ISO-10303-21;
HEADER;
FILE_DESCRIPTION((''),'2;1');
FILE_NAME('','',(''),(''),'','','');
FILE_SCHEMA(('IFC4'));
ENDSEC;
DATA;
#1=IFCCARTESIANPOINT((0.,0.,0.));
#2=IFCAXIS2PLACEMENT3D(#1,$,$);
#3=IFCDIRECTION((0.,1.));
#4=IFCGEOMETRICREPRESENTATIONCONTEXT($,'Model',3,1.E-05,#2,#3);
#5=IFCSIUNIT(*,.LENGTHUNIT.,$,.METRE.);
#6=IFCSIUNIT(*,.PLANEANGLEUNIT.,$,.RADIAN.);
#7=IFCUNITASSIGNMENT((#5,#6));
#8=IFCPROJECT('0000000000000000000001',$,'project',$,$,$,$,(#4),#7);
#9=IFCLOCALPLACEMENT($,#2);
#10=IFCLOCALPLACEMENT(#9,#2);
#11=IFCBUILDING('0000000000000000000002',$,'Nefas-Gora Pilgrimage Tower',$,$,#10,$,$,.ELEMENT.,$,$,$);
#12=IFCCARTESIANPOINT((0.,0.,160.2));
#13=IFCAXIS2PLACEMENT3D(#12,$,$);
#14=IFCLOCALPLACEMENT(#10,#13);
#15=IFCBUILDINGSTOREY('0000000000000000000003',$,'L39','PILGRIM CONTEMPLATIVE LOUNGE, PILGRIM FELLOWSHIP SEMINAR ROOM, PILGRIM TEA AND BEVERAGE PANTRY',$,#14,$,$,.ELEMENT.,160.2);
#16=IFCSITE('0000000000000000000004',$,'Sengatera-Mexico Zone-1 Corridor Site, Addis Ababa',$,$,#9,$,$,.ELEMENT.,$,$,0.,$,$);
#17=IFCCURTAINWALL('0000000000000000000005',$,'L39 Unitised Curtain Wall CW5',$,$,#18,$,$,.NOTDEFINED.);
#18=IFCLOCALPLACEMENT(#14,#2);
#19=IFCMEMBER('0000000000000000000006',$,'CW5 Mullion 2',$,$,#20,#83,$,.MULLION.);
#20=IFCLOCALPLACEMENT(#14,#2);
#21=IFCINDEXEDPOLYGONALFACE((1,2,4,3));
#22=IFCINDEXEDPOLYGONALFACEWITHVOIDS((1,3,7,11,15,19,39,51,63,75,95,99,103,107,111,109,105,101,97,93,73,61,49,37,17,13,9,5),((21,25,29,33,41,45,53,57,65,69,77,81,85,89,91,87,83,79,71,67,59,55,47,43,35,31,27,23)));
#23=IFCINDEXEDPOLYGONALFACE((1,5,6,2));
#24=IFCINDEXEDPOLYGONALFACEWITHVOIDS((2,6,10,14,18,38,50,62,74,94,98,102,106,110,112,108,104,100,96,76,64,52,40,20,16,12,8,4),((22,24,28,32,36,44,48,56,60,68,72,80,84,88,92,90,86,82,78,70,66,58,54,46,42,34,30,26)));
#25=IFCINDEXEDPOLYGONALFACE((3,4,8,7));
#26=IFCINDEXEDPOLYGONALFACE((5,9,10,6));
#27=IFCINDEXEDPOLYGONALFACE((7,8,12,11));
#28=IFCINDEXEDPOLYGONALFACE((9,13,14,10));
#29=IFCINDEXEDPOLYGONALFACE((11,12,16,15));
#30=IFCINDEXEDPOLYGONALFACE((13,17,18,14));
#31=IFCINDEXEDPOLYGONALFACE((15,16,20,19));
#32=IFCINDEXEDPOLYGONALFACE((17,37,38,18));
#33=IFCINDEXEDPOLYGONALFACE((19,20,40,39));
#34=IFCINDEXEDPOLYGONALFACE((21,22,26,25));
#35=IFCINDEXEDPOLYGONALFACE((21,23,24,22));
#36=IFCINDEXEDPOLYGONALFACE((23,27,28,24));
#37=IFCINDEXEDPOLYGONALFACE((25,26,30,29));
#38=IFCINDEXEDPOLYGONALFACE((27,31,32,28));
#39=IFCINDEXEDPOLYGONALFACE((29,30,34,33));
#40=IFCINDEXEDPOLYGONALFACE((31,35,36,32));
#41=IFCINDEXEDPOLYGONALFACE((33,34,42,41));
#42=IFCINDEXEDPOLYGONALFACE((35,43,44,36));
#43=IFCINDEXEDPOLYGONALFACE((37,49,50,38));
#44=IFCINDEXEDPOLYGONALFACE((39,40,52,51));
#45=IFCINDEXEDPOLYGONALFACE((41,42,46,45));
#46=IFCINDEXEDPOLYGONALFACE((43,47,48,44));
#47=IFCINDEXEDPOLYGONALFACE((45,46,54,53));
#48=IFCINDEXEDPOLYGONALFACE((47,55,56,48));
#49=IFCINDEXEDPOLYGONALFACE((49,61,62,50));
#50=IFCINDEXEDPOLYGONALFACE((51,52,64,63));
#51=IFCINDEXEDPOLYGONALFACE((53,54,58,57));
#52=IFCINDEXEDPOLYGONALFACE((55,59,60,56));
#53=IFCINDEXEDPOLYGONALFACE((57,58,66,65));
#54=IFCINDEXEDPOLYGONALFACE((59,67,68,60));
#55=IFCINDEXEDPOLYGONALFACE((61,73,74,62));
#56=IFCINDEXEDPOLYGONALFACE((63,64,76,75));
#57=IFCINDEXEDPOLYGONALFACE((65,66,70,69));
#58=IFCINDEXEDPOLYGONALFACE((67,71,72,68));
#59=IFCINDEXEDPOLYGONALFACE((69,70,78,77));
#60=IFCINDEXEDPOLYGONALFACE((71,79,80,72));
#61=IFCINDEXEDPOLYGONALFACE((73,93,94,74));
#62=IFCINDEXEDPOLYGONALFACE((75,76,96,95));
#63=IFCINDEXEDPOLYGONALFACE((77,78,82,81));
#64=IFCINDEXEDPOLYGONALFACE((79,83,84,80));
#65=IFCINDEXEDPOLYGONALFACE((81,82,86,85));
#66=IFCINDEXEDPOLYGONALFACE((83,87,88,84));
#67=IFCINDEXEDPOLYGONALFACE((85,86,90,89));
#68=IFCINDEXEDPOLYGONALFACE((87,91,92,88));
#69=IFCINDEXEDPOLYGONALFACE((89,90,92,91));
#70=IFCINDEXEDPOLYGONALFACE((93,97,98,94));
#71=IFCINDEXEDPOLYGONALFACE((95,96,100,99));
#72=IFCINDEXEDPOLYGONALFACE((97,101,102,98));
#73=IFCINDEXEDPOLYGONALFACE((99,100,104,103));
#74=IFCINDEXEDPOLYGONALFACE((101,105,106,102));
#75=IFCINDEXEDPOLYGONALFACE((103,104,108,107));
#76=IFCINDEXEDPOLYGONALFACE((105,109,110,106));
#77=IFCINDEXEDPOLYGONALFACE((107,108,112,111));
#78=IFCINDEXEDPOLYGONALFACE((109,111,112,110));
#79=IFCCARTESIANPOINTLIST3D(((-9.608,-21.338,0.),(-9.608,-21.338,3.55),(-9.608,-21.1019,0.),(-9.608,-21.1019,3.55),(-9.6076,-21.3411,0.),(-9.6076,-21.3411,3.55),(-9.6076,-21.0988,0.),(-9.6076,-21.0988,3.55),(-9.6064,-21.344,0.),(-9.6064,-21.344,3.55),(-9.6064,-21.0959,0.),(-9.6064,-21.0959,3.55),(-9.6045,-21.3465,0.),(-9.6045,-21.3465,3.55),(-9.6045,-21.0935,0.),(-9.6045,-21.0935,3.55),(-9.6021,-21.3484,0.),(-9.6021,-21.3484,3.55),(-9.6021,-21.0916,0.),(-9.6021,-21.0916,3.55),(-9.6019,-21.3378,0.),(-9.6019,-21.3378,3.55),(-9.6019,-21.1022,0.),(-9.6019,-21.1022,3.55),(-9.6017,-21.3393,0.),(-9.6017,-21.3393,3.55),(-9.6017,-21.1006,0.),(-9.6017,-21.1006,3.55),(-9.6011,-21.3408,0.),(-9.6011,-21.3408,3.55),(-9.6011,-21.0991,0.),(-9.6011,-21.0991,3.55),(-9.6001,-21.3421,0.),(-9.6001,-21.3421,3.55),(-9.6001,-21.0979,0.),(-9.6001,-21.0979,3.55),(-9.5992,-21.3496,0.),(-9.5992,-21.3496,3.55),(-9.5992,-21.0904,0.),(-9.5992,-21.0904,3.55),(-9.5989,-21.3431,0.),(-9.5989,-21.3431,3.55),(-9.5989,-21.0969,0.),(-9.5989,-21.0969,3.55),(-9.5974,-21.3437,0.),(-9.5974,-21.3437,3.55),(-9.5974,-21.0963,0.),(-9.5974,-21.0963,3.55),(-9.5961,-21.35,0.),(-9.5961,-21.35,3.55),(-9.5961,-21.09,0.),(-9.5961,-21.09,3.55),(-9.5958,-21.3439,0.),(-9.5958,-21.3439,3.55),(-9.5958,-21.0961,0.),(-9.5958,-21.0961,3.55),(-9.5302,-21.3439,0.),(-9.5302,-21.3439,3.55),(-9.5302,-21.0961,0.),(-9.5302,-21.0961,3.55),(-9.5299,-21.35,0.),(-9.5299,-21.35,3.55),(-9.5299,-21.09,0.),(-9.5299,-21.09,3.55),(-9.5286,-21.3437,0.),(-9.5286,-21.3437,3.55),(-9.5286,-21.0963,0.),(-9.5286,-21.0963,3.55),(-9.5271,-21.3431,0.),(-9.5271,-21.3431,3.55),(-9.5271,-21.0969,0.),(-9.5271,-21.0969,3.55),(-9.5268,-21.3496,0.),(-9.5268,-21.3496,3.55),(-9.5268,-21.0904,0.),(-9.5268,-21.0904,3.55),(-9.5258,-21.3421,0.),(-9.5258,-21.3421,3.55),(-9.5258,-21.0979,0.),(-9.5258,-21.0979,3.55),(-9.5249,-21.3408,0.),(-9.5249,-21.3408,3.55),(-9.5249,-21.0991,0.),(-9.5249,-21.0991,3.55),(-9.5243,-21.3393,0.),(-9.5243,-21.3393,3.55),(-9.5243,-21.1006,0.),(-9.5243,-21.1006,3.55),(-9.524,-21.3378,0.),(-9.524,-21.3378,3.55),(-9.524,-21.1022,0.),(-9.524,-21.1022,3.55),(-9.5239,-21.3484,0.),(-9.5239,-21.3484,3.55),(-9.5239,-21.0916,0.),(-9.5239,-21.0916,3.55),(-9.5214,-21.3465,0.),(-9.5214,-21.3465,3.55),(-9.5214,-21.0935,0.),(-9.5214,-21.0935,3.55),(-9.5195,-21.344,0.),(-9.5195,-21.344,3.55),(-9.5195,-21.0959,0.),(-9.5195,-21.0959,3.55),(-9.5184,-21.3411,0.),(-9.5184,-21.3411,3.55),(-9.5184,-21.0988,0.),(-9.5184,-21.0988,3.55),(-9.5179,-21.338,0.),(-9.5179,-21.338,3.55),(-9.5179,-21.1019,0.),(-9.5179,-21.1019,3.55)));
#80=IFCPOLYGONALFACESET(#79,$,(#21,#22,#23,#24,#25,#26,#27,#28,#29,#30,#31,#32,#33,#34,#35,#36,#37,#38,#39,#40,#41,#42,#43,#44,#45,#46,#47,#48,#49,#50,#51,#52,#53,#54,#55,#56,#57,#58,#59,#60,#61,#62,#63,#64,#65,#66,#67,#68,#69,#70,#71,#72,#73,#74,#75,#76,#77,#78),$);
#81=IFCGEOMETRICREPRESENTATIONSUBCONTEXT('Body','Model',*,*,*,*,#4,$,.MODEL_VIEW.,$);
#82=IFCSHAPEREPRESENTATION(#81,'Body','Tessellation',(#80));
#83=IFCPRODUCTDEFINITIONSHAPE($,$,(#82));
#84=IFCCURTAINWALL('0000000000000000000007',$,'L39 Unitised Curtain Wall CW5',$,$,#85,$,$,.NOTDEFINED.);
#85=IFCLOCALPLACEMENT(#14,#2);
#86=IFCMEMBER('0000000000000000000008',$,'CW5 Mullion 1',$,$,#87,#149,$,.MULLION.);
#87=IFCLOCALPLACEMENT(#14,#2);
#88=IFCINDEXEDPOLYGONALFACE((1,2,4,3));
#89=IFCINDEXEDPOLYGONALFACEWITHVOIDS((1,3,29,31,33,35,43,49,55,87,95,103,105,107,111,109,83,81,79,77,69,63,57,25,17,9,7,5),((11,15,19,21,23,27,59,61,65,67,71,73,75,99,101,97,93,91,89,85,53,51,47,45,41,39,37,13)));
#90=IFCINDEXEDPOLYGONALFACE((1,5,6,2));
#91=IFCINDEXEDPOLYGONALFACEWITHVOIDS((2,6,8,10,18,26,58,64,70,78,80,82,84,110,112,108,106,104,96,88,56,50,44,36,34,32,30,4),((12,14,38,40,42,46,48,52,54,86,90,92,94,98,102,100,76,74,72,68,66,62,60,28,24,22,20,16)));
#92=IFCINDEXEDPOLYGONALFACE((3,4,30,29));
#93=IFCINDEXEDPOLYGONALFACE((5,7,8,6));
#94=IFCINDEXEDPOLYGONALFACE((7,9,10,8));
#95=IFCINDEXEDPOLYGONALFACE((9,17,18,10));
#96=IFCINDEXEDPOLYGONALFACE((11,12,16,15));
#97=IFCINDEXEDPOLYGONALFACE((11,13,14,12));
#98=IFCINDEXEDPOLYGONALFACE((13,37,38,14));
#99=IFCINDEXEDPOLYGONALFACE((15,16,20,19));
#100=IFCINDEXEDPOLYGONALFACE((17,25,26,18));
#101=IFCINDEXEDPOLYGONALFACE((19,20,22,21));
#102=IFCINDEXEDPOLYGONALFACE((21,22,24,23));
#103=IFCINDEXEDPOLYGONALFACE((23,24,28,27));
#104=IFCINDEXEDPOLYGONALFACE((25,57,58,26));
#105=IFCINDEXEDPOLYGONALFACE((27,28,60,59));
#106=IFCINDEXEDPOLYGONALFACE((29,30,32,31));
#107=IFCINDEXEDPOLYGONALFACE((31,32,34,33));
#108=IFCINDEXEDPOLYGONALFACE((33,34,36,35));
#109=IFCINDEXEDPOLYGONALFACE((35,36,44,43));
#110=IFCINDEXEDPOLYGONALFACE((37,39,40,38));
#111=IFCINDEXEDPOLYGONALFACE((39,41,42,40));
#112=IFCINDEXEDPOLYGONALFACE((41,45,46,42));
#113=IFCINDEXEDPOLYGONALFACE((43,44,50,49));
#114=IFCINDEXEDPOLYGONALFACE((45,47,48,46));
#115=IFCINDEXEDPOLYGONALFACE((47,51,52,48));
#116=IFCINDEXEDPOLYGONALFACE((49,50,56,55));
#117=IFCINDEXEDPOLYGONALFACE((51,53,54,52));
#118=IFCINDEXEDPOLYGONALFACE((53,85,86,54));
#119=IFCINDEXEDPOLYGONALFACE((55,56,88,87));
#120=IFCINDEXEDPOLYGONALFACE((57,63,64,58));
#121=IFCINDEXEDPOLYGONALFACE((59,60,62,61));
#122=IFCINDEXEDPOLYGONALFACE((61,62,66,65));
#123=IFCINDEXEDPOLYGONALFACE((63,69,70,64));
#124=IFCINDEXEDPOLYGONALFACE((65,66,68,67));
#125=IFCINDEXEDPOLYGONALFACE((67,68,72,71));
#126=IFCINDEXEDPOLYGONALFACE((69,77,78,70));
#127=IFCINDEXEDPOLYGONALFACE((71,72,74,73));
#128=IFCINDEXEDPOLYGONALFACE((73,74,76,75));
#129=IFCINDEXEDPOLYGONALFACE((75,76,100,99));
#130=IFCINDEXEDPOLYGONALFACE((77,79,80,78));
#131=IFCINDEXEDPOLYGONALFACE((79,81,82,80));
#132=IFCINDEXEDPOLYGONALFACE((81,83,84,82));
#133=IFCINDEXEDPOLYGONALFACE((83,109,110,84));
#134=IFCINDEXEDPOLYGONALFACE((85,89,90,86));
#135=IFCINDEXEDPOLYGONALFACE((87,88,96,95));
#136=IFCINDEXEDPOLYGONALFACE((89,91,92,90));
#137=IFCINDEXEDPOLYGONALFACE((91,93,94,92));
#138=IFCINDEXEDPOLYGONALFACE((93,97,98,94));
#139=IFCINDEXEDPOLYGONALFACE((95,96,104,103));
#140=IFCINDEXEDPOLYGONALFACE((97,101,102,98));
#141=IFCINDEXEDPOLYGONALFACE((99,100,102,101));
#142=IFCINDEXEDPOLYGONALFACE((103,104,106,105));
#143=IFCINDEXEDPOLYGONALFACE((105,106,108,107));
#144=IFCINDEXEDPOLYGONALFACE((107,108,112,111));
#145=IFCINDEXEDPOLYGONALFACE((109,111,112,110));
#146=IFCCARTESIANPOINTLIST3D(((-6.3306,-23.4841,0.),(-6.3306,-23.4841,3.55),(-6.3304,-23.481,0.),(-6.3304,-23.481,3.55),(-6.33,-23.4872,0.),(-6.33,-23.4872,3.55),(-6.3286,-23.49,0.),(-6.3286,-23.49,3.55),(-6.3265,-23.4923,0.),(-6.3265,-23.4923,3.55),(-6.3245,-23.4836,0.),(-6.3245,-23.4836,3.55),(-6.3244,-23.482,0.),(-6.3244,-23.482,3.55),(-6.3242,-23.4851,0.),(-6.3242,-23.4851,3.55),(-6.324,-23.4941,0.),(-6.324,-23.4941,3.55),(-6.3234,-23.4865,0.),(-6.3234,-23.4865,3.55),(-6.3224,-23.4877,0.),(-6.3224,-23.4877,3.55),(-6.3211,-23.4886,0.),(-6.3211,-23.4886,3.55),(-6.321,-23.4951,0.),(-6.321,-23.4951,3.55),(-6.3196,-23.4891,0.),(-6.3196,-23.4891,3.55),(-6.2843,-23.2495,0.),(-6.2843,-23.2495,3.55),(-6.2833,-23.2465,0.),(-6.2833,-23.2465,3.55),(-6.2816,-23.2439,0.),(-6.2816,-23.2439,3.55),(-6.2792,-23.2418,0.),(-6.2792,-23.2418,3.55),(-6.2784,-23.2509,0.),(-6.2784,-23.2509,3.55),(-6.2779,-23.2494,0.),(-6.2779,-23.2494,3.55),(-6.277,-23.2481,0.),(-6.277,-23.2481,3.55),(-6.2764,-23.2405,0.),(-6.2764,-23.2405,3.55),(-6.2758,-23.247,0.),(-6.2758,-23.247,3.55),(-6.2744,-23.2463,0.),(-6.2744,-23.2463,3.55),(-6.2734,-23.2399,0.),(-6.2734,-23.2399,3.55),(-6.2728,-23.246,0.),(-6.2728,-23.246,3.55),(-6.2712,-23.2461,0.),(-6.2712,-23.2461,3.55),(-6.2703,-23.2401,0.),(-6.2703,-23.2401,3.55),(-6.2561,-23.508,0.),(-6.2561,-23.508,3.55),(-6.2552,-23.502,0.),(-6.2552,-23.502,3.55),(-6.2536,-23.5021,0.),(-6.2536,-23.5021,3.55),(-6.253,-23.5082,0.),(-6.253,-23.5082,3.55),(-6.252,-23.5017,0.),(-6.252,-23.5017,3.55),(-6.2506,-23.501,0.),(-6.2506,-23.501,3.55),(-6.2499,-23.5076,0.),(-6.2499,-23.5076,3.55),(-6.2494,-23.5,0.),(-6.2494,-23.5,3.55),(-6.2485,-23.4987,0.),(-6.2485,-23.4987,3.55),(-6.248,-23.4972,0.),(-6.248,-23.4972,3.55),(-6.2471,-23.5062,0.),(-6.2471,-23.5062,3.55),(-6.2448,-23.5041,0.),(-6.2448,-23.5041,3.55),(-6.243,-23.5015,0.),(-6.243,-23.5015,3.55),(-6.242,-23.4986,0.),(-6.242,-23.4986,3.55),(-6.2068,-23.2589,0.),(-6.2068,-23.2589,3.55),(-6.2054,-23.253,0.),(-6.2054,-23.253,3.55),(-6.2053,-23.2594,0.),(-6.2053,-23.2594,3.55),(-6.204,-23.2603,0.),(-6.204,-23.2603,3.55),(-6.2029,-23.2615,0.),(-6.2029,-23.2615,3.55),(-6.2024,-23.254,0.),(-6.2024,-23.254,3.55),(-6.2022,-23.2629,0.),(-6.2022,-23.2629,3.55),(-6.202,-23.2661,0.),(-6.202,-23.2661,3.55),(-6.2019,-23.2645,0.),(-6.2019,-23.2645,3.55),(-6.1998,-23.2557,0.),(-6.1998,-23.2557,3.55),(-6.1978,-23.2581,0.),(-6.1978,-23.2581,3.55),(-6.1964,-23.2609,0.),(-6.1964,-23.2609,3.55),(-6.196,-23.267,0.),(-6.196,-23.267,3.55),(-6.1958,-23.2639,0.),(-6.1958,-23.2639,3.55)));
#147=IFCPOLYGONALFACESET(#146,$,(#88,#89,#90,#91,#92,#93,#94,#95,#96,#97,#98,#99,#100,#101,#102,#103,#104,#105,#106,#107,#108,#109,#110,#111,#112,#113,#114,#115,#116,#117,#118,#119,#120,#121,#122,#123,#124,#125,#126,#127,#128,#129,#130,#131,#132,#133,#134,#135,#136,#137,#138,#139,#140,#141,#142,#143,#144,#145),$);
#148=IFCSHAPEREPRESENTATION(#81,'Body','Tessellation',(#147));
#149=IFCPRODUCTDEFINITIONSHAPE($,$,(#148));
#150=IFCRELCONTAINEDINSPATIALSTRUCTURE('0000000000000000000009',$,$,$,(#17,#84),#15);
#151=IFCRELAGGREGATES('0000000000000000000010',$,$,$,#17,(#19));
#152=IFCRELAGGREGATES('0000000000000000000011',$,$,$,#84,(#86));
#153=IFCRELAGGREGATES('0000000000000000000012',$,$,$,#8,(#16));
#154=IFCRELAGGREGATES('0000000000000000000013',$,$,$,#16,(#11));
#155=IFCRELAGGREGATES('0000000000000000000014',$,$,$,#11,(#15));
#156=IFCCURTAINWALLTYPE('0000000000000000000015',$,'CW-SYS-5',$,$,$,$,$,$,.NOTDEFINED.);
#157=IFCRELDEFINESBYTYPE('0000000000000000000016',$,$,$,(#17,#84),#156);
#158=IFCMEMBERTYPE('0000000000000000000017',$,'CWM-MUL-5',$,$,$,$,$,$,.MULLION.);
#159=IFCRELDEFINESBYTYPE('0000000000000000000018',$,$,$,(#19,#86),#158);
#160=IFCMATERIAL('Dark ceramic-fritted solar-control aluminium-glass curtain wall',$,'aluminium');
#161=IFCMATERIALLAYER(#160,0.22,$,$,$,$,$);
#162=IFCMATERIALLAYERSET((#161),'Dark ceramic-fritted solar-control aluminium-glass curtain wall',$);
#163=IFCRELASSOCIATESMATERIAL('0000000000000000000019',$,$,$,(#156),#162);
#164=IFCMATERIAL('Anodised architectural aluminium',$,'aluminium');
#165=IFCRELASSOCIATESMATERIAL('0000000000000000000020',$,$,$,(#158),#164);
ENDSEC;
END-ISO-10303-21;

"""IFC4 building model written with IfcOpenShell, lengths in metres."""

from ifc_helpers import new_model, si_unit, direction, frame, origin, origin_2d, place, context, subcontext, project, spatial, hollow_rectangle, extrude, source, transform, mapped, material, layer, layer_set, material_profile, profile_set, type_object, element, aggregate, save


model = new_model("IFC4")

# Units and contexts
model_context = context("Model", 3, precision=1e-05, world=origin(), true_north=direction((0.0, 1.0)))
body_context = subcontext(model_context, "Body", "Model", "MODEL_VIEW")
ifc_project = project(units=[si_unit("LENGTHUNIT", "METRE"), si_unit("PLANEANGLEUNIT", "RADIAN")], contexts=[model_context])

# Site, building, storey
site_placement = place(None, origin())
site = spatial("IfcSite", under=ifc_project, at=site_placement, Name="Sengatera-Mexico Zone-1 Corridor Site, Addis Ababa", CompositionType="ELEMENT", RefElevation=0.0)
building_placement = place(site_placement, origin())
building = spatial("IfcBuilding", under=site, at=building_placement, Name="Nefas-Gora Pilgrimage Tower", CompositionType="ELEMENT")
storey_placement = place(building_placement, frame((0.0, 0.0, 160.2)))
storey = spatial("IfcBuildingStorey", under=building, at=storey_placement, Name="L39", Description="PILGRIM CONTEMPLATIVE LOUNGE, PILGRIM FELLOWSHIP SEMINAR ROOM, PILGRIM TEA AND BEVERAGE PANTRY", CompositionType="ELEMENT", Elevation=160.2)

# Curtain wall, member
ifc_material_1 = material(Name="Dark ceramic-fritted solar-control aluminium-glass curtain wall", Category="aluminium")
ifc_layer_1 = layer(ifc_material_1, 0.22)
ifc_layer_set_1 = layer_set([ifc_layer_1], Name="Dark ceramic-fritted solar-control aluminium-glass curtain wall")
curtain_wall_type = type_object("IfcCurtainWallType", Name="CW-SYS-5", PredefinedType="NOTDEFINED", material=ifc_layer_set_1)
curtain_wall_1_placement = place(storey_placement, origin())
curtain_wall_1 = element("IfcCurtainWall", 1, at=curtain_wall_1_placement, inside=storey, type_object=curtain_wall_type, Name="L39 Unitised Curtain Wall CW5", PredefinedType="NOTDEFINED")
ifc_material_2 = material(Name="Anodised architectural aluminium", Category="aluminium")
ifc_material_profile_1 = material_profile(ifc_material_2, hollow_rectangle(XDim=0.0901, YDim=0.26, WallThickness=0.0061, InnerFilletRadius=0.0061, OuterFilletRadius=0.012, at=origin_2d()), Name="ALU MULLION 90x260")
ifc_profile_set_1 = profile_set([ifc_material_profile_1], Name="Anodised architectural aluminium")
member_type_1 = type_object("IfcMemberType", Name="CWM-MUL-5", PredefinedType="MULLION", material=ifc_profile_set_1)
shared_shape_1 = source(origin(), body_context, "Body", "SweptSolid", [
    extrude(hollow_rectangle(XDim=0.0901, YDim=0.26, WallThickness=0.0061, InnerFilletRadius=0.0061, OuterFilletRadius=0.012, at=origin_2d()), origin(), (0.0, 0.0, 1.0), 3.55),
])
member_1_placement = place(storey_placement, frame((-9.563, -21.22, 0.0), z_axis=(0.0, 0.0, 1.0), x_axis=(1.0, 0.0, 0.0)))
member_1 = element("IfcMember", 2, at=member_1_placement, type_object=member_type_1, Name="CW5 Mullion 2", PredefinedType="MULLION", context=body_context, shape_type="MappedRepresentation", body=[
    mapped(shared_shape_1, transform((0.0, 0.0, 0.0), x_axis=(1.0, 0.0, 0.0), y_axis=(0.0, 1.0, 0.0), z_axis=(0.0, 0.0, 1.0), scale=1.0)),
])

# Curtain wall, member
curtain_wall_2_placement = place(storey_placement, origin())
curtain_wall_2 = element("IfcCurtainWall", 3, at=curtain_wall_2_placement, inside=storey, type_object=curtain_wall_type, Name="L39 Unitised Curtain Wall CW5", PredefinedType="NOTDEFINED")
member_2_placement = place(storey_placement, frame((-6.2632, -23.374, 0.0), z_axis=(0.0, 0.0, 1.0), x_axis=(0.980783, -0.195102, 0.0)))
member_2 = element("IfcMember", 4, at=member_2_placement, type_object=member_type_1, Name="CW5 Mullion 1", PredefinedType="MULLION", context=body_context, shape_type="MappedRepresentation", body=[
    mapped(shared_shape_1, transform((0.0, 0.0, 0.0), x_axis=(1.0, 0.0, 0.0), y_axis=(0.0, 1.0, 0.0), z_axis=(0.0, 0.0, 1.0), scale=1.0)),
])

aggregate(curtain_wall_1, [member_1])
aggregate(curtain_wall_2, [member_2])

save(model, "model.ifc")
